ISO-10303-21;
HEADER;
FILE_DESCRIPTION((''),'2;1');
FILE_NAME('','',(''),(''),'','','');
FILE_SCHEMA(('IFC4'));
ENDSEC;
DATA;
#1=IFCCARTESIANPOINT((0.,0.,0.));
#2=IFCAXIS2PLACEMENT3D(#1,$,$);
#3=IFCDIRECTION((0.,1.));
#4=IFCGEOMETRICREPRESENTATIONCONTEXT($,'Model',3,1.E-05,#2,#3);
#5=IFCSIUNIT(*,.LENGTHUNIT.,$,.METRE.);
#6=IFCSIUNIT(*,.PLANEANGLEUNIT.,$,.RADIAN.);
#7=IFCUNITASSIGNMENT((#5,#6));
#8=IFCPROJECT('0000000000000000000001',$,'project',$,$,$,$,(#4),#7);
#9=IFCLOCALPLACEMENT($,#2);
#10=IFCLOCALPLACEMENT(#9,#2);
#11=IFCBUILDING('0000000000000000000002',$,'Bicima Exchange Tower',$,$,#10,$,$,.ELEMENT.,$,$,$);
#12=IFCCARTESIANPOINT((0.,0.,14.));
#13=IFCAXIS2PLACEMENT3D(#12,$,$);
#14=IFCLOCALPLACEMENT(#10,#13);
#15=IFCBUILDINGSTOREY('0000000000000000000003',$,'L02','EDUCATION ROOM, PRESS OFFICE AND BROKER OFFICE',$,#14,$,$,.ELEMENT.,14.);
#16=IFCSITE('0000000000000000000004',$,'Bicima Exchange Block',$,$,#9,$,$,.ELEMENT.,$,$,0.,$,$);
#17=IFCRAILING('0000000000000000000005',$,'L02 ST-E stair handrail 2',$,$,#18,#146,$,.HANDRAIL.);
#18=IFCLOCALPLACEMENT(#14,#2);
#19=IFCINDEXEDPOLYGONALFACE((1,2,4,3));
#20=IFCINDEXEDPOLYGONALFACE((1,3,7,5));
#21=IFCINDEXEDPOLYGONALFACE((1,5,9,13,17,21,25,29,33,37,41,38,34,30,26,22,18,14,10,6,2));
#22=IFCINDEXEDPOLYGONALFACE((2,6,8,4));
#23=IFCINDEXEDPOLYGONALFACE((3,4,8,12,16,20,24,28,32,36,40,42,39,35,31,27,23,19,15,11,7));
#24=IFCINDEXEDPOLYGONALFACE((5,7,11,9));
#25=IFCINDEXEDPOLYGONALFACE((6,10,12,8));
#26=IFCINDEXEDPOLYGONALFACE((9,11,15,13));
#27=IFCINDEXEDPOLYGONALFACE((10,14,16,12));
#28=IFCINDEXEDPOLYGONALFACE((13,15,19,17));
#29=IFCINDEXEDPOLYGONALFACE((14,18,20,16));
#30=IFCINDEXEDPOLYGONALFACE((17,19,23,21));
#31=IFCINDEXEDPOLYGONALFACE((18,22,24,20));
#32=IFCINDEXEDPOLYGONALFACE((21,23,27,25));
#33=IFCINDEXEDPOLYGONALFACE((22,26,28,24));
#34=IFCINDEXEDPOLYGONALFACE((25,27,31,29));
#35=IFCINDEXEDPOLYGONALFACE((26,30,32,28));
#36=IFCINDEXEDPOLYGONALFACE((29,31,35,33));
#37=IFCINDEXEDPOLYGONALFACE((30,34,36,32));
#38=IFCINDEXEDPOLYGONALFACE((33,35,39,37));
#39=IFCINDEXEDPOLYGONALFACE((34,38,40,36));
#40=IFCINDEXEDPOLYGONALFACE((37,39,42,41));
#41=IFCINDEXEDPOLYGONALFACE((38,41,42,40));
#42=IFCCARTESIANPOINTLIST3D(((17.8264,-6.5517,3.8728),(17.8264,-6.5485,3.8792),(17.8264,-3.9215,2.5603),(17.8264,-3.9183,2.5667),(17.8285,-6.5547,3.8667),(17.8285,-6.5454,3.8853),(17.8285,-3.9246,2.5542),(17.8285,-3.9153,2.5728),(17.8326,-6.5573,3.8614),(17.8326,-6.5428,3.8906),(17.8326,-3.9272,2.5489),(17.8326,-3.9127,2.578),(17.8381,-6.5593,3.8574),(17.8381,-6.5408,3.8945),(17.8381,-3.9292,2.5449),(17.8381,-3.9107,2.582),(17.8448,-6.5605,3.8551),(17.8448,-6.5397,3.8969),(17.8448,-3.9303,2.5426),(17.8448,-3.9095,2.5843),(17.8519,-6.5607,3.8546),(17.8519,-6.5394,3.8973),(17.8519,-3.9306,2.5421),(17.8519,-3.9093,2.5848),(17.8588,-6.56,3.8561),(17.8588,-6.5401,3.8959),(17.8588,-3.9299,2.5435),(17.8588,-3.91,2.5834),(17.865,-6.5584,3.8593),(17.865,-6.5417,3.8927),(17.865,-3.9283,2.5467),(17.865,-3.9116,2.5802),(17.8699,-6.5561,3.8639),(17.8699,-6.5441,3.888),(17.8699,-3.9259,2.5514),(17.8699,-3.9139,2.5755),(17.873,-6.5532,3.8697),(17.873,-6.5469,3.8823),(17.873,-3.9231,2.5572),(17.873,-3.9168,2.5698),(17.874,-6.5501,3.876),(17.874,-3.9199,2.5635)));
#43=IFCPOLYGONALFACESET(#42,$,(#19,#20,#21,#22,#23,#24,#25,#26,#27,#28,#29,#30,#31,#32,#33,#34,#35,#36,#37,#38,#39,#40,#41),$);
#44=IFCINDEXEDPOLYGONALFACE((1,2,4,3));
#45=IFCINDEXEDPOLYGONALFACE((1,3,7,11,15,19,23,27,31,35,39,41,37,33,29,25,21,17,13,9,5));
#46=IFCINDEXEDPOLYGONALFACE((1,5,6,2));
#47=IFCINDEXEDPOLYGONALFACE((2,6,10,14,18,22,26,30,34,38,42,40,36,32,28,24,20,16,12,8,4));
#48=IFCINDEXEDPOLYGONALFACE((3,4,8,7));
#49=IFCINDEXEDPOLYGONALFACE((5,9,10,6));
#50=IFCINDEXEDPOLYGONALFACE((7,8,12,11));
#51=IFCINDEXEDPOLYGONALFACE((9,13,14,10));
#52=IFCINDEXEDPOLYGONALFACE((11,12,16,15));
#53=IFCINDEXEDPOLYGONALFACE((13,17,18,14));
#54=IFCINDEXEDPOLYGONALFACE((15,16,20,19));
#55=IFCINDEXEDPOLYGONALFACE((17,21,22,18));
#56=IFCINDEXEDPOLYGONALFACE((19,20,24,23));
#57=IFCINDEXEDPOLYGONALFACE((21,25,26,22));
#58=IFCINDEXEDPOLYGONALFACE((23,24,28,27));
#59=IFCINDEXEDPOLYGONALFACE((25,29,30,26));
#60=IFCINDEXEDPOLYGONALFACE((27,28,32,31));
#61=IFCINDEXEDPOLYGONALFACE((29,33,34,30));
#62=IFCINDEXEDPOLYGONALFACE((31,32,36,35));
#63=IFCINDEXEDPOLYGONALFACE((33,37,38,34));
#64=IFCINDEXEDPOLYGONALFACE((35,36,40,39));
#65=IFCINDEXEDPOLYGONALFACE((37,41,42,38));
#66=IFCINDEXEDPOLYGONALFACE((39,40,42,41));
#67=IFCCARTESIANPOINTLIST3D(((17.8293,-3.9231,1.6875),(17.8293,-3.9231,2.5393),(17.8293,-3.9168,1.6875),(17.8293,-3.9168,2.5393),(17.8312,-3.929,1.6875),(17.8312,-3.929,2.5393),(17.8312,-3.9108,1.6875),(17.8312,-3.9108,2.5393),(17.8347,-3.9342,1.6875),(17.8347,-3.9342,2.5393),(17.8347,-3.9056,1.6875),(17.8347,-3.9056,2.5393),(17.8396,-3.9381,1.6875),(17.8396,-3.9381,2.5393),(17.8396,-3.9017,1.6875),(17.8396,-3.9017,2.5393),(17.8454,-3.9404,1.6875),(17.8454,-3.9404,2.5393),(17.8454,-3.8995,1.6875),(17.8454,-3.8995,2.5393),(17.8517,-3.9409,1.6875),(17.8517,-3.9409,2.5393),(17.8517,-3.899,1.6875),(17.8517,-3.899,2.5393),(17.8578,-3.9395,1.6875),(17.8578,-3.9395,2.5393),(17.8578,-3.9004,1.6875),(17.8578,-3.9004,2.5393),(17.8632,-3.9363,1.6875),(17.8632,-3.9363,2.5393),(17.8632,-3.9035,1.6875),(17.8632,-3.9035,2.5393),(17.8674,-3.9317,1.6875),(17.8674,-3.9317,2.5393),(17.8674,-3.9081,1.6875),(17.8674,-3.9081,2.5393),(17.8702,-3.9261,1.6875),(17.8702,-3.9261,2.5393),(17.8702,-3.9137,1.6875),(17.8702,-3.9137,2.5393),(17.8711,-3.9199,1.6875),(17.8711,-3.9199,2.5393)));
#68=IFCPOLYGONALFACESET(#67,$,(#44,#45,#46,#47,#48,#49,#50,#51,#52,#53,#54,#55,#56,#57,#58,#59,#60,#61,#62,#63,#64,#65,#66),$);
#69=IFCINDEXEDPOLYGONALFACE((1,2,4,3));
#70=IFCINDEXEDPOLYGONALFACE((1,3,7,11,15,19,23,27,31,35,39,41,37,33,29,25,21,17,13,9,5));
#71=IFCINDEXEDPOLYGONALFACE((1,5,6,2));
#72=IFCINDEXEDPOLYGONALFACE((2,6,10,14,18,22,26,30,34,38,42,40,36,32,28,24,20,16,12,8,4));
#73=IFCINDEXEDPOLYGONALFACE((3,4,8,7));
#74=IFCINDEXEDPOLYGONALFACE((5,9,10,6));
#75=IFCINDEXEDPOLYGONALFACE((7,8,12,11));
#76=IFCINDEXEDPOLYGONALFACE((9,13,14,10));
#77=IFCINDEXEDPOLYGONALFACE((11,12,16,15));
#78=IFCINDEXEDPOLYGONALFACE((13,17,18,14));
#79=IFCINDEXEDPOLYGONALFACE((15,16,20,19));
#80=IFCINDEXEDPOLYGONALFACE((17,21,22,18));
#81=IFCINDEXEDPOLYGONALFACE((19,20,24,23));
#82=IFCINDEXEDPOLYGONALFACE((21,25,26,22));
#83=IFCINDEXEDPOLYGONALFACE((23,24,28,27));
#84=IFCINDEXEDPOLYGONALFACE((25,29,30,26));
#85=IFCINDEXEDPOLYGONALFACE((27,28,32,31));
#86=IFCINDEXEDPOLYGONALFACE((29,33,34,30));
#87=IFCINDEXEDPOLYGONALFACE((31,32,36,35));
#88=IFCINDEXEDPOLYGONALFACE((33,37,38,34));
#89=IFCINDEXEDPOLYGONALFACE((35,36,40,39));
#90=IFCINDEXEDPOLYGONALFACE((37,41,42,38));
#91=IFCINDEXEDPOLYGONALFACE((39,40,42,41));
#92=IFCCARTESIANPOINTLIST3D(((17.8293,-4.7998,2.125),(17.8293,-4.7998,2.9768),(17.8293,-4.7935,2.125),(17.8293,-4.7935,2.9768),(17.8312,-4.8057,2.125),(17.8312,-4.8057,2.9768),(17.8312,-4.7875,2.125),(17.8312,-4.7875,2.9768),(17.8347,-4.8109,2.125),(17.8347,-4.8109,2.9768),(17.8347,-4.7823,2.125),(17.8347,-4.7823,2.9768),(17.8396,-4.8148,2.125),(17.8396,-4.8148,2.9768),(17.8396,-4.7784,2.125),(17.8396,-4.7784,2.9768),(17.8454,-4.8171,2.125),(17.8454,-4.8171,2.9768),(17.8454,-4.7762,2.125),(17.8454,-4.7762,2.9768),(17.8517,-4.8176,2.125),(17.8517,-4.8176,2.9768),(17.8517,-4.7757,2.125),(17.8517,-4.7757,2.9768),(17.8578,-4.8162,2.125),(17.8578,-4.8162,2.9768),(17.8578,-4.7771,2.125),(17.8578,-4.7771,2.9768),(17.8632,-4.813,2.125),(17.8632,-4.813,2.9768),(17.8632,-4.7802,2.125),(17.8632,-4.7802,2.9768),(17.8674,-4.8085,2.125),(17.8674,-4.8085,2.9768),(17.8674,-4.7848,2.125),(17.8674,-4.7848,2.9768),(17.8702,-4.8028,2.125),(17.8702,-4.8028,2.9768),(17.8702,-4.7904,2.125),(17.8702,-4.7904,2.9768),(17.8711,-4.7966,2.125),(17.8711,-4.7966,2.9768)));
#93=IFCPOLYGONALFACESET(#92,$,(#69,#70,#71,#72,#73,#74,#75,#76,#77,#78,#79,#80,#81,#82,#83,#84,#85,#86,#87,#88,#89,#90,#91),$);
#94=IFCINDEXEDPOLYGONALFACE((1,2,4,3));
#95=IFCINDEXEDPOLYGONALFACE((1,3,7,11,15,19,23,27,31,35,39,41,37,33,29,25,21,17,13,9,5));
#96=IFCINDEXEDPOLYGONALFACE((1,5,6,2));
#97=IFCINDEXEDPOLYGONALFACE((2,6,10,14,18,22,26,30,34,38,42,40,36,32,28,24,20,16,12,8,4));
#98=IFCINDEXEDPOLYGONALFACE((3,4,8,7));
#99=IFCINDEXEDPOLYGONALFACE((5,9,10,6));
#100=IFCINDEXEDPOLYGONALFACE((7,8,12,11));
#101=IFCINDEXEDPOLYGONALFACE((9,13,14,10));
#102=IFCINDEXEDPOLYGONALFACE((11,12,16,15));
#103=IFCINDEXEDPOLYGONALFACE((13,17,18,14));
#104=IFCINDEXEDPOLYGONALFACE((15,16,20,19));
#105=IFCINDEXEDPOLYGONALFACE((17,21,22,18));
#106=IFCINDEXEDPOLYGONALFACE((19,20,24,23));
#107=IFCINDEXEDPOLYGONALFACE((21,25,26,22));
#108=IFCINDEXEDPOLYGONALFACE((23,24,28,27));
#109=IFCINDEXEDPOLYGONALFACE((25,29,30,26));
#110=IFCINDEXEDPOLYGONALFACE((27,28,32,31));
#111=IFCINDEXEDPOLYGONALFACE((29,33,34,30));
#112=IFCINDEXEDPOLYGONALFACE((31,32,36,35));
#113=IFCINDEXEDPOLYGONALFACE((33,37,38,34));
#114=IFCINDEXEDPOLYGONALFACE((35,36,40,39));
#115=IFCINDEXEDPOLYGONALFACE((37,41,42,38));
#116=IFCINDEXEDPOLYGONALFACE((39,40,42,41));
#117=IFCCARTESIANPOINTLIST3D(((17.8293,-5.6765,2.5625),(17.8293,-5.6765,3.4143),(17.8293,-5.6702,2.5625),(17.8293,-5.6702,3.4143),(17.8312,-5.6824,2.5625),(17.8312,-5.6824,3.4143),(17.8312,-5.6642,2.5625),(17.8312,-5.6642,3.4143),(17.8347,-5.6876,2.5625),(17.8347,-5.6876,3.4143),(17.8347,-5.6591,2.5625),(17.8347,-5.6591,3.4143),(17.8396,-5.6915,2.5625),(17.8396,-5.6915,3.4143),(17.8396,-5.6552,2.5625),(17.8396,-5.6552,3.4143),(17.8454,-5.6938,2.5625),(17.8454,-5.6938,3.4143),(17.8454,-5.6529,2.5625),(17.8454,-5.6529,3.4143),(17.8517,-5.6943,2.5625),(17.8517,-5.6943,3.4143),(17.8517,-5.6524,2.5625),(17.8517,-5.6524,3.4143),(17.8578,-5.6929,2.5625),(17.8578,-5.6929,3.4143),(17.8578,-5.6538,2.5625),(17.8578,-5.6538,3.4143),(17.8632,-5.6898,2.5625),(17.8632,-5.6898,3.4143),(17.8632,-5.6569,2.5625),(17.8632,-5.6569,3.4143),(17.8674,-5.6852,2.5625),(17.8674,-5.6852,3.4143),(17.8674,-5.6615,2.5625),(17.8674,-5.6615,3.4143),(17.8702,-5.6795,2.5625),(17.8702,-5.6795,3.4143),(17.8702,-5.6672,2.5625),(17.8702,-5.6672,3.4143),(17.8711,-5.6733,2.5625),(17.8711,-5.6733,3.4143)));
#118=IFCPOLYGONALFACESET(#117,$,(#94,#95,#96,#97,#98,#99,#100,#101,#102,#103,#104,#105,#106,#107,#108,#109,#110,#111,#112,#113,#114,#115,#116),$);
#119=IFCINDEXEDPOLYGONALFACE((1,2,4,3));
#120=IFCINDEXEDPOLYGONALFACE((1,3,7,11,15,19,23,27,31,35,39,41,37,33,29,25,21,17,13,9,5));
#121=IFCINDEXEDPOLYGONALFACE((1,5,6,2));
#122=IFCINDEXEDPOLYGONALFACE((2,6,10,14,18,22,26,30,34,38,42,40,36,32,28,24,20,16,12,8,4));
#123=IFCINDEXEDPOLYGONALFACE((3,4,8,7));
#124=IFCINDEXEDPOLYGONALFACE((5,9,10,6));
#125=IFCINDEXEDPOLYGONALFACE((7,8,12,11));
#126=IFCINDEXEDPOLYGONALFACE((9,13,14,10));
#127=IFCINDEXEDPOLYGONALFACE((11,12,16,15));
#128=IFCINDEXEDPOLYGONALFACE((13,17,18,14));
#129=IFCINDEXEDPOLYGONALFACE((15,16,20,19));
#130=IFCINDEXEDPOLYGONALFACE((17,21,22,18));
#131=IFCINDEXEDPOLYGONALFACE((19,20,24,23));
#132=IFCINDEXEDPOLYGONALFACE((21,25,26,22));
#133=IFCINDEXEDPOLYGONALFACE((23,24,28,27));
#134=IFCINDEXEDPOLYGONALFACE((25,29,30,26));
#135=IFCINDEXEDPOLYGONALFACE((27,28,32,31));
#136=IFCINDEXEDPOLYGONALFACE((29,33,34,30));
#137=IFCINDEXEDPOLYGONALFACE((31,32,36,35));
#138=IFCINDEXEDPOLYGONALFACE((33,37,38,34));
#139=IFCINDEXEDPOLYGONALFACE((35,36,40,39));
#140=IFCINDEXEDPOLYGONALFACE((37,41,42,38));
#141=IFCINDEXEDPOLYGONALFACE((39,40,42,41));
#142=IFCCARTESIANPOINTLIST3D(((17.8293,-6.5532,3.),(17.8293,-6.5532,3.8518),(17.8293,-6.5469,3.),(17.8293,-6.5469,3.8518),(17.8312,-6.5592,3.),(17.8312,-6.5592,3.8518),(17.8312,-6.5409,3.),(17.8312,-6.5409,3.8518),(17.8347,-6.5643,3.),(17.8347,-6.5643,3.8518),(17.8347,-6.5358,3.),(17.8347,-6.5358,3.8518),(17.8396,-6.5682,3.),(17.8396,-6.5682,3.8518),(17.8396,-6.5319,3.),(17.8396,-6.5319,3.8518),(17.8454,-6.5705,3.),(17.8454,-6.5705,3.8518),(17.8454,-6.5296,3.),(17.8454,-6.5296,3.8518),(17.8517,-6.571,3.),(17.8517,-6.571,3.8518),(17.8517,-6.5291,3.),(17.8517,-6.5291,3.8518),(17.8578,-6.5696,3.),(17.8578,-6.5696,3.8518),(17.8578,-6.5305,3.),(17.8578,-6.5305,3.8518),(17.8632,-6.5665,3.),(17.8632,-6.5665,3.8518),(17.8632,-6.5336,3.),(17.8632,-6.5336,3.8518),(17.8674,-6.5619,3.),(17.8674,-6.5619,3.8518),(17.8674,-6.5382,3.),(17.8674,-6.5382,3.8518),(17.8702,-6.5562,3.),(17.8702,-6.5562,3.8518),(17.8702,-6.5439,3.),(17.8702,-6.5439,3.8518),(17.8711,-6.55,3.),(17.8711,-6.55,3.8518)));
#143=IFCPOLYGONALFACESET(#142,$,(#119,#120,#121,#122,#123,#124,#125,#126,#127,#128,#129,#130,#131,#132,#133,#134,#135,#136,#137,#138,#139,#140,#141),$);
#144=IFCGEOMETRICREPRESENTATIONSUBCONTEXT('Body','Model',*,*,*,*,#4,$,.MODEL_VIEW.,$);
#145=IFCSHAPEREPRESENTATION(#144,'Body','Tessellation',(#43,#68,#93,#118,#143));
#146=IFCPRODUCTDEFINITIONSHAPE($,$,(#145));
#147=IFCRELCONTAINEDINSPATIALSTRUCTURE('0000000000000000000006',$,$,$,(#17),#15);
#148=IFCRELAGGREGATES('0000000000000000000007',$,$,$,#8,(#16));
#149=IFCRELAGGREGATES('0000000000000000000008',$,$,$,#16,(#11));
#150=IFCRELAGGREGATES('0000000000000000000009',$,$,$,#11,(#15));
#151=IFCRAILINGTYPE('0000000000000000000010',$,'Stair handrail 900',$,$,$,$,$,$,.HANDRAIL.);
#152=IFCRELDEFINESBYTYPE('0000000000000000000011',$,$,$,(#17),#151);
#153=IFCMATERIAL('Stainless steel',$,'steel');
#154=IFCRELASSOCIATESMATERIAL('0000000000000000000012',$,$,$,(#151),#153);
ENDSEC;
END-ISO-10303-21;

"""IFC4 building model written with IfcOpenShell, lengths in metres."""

from ifc_helpers import new_model, si_unit, direction, frame, origin, origin_2d, place, context, subcontext, project, spatial, circle, extrude, material, type_object, element, save


model = new_model("IFC4")

# Units and contexts
model_context = context("Model", 3, precision=1e-05, world=origin(), true_north=direction((0.0, 1.0)))
body_context = subcontext(model_context, "Body", "Model", "MODEL_VIEW")
ifc_project = project(units=[si_unit("LENGTHUNIT", "METRE"), si_unit("PLANEANGLEUNIT", "RADIAN")], contexts=[model_context])

# Site, building, storey
site_placement = place(None, origin())
site = spatial("IfcSite", under=ifc_project, at=site_placement, Name="Bicima Exchange Block", CompositionType="ELEMENT", RefElevation=0.0)
building_placement = place(site_placement, origin())
building = spatial("IfcBuilding", under=site, at=building_placement, Name="Bicima Exchange Tower", CompositionType="ELEMENT")
storey_placement = place(building_placement, frame((0.0, 0.0, 14.0)))
storey = spatial("IfcBuildingStorey", under=building, at=storey_placement, Name="L02", Description="EDUCATION ROOM, PRESS OFFICE AND BROKER OFFICE", CompositionType="ELEMENT", Elevation=14.0)

# Railing
ifc_material_1 = material(Name="Stainless steel", Category="steel")
railing_type_1 = type_object("IfcRailingType", Name="Stair handrail 900", PredefinedType="HANDRAIL", material=ifc_material_1)
railing_1_placement = place(storey_placement, frame((17.8501, -3.9199, 1.6875)))
element("IfcRailing", 1, at=railing_1_placement, inside=storey, type_object=railing_type_1, Name="L02 ST-E stair handrail 2", PredefinedType="HANDRAIL", context=body_context, shape_type="SweptSolid", body=[
    extrude(circle(Radius=0.0239, at=origin_2d()), frame((0.0, 0.0, 0.876), z_axis=(0.0, -0.894776, 0.446516), x_axis=(1.0, 0.0, 0.0)), (0.0, 0.0, 1.0), 2.9395),
    extrude(circle(Radius=0.021, at=origin_2d()), origin(), (0.0, 0.0, 1.0), 0.8518),
    extrude(circle(Radius=0.021, at=origin_2d()), frame((0.0, -0.8767, 0.4375)), (0.0, 0.0, 1.0), 0.8518),
    extrude(circle(Radius=0.021, at=origin_2d()), frame((0.0, -1.7534, 0.875)), (0.0, 0.0, 1.0), 0.8518),
    extrude(circle(Radius=0.021, at=origin_2d()), frame((0.0, -2.6301, 1.3125)), (0.0, 0.0, 1.0), 0.8518),
])

save(model, "model.ifc")
